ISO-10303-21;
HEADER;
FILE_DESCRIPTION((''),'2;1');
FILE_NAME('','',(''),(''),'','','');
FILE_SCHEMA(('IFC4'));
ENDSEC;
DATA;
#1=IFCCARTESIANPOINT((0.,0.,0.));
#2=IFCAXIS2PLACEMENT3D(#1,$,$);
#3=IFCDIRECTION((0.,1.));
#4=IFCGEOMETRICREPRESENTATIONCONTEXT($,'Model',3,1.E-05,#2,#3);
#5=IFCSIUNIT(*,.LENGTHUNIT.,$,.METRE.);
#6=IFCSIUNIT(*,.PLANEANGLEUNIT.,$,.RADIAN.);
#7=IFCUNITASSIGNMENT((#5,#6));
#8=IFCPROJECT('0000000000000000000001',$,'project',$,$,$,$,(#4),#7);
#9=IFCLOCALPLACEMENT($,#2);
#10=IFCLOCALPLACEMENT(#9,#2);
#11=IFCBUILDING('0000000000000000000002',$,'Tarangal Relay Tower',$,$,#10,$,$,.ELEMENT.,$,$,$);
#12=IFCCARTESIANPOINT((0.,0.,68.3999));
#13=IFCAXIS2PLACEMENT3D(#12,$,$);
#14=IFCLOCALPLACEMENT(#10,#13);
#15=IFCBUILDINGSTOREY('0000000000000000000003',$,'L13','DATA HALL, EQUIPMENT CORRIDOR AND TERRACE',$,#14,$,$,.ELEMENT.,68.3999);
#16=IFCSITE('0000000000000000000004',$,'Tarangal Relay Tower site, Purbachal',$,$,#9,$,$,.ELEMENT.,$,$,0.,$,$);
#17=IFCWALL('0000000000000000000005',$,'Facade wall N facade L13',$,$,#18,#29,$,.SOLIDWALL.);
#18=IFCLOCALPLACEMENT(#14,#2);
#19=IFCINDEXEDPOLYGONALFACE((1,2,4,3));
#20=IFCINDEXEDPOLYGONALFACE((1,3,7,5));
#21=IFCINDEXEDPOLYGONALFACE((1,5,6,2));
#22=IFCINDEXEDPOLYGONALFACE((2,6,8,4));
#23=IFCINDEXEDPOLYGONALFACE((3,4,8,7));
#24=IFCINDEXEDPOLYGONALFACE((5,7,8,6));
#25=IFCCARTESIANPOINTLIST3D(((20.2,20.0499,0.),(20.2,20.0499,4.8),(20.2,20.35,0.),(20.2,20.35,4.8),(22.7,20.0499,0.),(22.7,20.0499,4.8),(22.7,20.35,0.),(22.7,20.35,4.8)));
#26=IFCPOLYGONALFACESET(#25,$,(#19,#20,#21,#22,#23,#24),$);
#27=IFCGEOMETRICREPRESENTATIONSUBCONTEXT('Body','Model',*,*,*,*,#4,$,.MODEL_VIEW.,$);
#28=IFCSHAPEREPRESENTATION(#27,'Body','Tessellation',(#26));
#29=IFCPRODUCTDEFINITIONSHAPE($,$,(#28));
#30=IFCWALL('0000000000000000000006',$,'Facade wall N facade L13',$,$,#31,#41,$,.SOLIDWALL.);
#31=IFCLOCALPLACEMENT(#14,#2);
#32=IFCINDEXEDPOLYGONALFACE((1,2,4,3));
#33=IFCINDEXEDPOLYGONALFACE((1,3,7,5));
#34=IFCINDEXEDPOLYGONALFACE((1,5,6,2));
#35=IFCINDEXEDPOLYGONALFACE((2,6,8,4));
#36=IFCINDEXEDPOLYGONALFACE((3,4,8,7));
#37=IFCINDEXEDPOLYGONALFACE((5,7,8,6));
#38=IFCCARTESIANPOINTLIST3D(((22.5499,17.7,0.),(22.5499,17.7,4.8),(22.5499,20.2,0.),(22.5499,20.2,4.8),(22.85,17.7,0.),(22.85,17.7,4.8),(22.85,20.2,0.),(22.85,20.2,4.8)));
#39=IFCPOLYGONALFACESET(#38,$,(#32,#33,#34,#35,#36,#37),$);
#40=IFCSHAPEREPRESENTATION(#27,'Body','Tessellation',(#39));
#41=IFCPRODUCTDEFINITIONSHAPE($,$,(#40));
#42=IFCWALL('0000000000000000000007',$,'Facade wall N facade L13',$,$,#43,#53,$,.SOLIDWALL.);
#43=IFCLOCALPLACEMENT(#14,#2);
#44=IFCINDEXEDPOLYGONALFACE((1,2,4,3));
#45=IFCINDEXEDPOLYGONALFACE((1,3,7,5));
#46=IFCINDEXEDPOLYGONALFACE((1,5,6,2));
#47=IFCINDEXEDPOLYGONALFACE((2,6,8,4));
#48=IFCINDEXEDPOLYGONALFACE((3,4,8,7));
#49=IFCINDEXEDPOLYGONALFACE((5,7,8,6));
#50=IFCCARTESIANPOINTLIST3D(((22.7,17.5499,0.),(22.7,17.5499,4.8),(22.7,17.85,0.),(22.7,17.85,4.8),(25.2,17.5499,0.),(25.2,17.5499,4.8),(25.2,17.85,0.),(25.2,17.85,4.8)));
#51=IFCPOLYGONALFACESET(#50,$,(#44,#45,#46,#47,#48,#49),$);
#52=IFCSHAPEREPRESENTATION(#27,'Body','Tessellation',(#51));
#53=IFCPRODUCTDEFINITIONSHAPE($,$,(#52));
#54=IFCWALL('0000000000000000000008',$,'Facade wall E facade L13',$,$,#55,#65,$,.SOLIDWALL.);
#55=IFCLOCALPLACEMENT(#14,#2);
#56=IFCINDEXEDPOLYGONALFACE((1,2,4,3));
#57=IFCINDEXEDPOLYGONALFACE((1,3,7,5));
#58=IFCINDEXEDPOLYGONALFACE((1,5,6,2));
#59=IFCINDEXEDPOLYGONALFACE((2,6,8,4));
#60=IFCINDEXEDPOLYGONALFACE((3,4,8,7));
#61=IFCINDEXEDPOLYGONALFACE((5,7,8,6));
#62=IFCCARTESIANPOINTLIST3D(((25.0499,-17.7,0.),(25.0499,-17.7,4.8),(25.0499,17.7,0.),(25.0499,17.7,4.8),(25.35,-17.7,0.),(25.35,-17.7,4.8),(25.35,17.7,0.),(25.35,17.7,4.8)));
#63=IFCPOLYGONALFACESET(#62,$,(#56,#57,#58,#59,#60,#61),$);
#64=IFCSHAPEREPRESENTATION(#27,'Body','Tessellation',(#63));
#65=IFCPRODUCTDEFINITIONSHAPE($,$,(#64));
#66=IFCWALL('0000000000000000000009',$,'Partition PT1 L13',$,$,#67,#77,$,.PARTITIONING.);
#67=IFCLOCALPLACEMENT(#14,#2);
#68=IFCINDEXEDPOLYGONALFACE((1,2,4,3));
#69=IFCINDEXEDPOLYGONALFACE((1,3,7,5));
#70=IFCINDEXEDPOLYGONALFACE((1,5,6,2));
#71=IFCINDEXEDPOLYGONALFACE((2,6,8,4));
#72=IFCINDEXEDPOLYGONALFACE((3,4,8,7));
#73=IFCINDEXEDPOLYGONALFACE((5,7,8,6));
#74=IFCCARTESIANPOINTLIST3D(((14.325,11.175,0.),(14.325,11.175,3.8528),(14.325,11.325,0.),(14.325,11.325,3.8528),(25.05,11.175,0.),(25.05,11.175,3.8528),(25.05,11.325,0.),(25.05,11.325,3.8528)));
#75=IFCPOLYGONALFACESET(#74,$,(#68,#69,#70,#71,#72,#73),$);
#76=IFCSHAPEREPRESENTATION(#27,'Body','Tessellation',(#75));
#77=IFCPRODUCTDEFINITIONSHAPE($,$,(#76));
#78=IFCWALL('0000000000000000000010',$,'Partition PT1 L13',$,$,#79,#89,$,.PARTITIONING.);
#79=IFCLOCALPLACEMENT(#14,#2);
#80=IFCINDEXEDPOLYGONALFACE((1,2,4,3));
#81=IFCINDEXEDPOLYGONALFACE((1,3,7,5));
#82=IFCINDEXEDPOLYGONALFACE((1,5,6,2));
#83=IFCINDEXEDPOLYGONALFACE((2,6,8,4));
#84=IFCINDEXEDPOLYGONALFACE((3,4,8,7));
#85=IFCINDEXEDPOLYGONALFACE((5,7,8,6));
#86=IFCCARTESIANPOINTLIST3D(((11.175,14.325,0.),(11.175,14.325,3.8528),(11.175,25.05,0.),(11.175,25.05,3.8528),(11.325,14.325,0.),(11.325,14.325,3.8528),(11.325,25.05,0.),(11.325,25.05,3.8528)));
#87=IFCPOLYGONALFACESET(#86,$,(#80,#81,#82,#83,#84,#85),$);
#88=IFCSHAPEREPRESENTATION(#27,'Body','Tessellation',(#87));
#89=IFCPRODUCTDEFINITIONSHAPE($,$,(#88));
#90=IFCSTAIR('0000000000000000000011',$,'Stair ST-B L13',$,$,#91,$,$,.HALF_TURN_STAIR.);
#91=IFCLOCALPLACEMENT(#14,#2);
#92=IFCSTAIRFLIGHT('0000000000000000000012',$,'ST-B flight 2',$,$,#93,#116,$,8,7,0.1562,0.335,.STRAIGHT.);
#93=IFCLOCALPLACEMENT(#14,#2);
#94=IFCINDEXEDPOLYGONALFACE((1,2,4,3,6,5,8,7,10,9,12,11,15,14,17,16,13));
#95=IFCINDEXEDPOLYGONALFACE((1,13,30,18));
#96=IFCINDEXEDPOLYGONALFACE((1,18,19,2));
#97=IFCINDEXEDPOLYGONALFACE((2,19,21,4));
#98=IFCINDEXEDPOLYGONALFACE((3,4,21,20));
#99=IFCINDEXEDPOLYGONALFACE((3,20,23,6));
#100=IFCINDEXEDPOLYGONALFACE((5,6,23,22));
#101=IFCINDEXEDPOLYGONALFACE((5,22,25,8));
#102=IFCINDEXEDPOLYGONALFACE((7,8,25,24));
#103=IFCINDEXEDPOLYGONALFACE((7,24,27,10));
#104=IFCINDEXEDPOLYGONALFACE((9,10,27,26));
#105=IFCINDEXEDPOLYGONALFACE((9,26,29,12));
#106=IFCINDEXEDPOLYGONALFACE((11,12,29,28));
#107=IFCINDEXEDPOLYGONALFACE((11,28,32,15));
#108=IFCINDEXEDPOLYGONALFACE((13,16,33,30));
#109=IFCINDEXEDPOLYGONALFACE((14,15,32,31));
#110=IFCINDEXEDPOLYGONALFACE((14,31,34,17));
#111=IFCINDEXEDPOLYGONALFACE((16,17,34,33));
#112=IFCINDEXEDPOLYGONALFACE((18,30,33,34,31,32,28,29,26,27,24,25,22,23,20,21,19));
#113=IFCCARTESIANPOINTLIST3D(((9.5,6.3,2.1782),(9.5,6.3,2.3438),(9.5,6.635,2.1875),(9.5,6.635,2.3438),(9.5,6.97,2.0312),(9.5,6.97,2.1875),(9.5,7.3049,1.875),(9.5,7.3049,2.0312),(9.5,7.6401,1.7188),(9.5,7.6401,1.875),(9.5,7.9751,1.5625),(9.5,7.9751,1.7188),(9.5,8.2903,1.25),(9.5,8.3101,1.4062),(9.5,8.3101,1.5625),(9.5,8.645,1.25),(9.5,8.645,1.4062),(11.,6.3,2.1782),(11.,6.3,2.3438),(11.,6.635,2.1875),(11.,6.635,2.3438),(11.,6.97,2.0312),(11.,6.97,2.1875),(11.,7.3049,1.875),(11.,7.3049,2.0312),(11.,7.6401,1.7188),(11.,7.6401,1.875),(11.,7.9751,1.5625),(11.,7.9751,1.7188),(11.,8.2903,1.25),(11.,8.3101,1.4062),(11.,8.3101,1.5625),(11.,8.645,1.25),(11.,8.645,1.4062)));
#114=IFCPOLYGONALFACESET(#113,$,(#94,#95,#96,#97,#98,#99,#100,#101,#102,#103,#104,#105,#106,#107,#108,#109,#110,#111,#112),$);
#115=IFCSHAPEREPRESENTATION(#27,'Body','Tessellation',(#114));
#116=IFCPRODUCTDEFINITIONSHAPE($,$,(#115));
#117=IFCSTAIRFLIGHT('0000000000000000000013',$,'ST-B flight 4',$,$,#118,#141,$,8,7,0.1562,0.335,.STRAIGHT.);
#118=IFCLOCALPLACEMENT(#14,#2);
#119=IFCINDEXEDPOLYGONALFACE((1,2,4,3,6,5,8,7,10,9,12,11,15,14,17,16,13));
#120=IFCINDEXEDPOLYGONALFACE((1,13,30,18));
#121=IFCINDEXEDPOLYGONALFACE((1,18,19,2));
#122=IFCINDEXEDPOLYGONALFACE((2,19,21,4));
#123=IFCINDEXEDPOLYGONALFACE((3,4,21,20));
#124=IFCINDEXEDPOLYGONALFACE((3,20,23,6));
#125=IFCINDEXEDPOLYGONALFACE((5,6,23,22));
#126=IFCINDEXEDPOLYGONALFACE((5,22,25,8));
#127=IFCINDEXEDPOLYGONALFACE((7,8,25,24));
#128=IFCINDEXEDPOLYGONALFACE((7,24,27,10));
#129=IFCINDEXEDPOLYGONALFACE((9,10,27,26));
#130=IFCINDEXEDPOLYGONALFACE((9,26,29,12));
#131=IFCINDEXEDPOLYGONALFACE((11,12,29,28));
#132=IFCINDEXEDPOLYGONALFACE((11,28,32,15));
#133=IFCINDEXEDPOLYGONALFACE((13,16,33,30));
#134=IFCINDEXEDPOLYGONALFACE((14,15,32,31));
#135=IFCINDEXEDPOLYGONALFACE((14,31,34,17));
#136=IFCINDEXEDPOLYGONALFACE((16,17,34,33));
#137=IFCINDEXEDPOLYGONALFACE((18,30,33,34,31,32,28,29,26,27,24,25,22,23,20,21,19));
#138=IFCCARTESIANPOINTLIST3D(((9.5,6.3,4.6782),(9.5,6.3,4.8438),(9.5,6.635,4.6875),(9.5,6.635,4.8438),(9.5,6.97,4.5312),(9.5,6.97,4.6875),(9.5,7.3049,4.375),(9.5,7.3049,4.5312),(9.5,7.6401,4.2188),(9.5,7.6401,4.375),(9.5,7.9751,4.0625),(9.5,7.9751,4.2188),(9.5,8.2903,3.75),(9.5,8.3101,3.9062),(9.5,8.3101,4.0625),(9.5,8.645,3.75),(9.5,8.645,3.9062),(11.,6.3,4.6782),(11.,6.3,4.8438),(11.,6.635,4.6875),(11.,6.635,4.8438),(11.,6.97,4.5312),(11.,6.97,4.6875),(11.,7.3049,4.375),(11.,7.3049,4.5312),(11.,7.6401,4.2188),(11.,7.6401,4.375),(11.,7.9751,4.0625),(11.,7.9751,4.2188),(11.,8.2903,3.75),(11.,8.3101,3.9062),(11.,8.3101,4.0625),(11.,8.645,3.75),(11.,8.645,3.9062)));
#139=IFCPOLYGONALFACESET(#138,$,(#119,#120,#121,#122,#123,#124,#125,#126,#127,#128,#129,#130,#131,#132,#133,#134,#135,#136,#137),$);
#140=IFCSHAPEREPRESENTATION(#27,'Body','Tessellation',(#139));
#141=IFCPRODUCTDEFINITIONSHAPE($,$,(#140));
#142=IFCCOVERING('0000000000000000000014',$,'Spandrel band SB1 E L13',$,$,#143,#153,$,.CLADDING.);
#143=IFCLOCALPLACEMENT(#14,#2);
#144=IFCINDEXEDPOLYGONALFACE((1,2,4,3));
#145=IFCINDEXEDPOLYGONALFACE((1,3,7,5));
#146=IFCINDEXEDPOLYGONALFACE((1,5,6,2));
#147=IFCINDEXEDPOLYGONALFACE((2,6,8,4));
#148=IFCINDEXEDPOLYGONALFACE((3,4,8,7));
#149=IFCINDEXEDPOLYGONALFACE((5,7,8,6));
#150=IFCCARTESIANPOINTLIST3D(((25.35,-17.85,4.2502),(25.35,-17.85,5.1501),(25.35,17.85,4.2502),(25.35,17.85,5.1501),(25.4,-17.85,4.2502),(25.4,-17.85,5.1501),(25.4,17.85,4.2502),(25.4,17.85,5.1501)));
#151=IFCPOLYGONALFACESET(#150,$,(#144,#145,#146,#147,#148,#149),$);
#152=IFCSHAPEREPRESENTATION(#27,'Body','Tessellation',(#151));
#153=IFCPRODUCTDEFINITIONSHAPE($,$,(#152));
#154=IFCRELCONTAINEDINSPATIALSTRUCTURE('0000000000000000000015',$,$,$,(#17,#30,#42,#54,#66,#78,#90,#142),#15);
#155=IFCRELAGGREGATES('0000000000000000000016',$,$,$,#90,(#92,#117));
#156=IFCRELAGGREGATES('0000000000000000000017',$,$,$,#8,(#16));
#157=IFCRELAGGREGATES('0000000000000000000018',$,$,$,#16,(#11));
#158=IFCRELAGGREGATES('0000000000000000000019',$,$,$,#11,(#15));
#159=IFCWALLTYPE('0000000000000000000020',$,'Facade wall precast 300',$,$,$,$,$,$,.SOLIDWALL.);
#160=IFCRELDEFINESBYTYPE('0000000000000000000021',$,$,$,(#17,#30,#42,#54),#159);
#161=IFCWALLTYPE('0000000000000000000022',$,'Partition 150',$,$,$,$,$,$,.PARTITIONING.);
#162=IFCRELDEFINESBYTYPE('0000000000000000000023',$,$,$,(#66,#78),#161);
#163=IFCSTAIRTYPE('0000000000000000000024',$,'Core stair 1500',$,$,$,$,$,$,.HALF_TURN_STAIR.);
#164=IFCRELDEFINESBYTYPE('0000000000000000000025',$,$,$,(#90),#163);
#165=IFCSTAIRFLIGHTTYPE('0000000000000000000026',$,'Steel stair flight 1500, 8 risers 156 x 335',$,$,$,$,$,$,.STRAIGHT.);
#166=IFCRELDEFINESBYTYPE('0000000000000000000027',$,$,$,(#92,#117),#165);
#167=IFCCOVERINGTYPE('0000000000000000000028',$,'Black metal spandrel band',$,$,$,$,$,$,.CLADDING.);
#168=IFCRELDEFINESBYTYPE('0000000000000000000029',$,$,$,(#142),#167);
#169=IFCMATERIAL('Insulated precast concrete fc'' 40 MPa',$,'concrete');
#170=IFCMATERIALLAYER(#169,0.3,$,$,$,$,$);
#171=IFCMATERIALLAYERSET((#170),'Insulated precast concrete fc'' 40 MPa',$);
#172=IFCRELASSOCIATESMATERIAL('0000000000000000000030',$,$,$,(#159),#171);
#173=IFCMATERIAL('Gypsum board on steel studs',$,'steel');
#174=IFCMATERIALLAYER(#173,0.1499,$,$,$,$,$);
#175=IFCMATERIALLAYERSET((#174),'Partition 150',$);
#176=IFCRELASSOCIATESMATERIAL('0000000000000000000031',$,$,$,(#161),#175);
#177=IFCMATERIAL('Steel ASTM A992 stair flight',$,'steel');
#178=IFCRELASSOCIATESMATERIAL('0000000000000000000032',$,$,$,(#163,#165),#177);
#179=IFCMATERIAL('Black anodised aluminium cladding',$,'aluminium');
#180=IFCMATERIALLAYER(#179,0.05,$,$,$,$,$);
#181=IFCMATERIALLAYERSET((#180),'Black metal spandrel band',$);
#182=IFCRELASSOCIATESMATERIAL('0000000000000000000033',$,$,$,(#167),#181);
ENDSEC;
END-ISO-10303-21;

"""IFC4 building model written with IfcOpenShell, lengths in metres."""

from ifc_helpers import new_model, si_unit, direction, frame, frame_2d, origin, origin_2d, place, context, subcontext, project, spatial, polyline, rectangle, outline, extrude, material, layer, layer_set, type_object, element, aggregate, save


model = new_model("IFC4")

# Units and contexts
model_context = context("Model", 3, precision=1e-05, world=origin(), true_north=direction((0.0, 1.0)))
body_context = subcontext(model_context, "Body", "Model", "MODEL_VIEW")
ifc_project = project(units=[si_unit("LENGTHUNIT", "METRE"), si_unit("PLANEANGLEUNIT", "RADIAN")], contexts=[model_context])

# Site, building, storey
site_placement = place(None, origin())
site = spatial("IfcSite", under=ifc_project, at=site_placement, Name="Tarangal Relay Tower site, Purbachal", CompositionType="ELEMENT", RefElevation=0.0)
building_placement = place(site_placement, origin())
building = spatial("IfcBuilding", under=site, at=building_placement, Name="Tarangal Relay Tower", CompositionType="ELEMENT")
storey_placement = place(building_placement, frame((0.0, 0.0, 68.3999)))
storey = spatial("IfcBuildingStorey", under=building, at=storey_placement, Name="L13", Description="DATA HALL, EQUIPMENT CORRIDOR AND TERRACE", CompositionType="ELEMENT", Elevation=68.3999)

# Shared definitions
ifc_material_1 = material(Name="Insulated precast concrete fc' 40 MPa", Category="concrete")
ifc_layer_1 = layer(ifc_material_1, 0.3)
ifc_layer_set_1 = layer_set([ifc_layer_1], Name="Insulated precast concrete fc' 40 MPa")
wall_type_1 = type_object("IfcWallType", Name="Facade wall precast 300", PredefinedType="SOLIDWALL", material=ifc_layer_set_1)

# Walls
for number, where, z_axis, x_axis, name in (
    (1, (20.2, 20.2, 0.0), (0.0, 0.0, 1.0), (1.0, 0.0, 0.0), "Facade wall N facade L13"),
    (2, (22.7, 20.2, 0.0), (0.0, 0.0, 1.0), (0.0, -1.0, 0.0), "Facade wall N facade L13"),
    (3, (22.7, 17.7, 0.0), (0.0, 0.0, 1.0), (1.0, 0.0, 0.0), "Facade wall N facade L13"),
):
    element("IfcWall", number, at=place(storey_placement, frame(where, z_axis=z_axis, x_axis=x_axis)), inside=storey, type_object=wall_type_1, Name=name, PredefinedType="SOLIDWALL", context=body_context, shape_type="SweptSolid", body=[
        extrude(rectangle(XDim=2.5, YDim=0.3, at=frame_2d((1.25, 0.0))), origin(), (0.0, 0.0, 1.0), 4.8),
    ])
wall_1_placement = place(storey_placement, frame((25.2, 17.7, 0.0), z_axis=(0.0, 0.0, 1.0), x_axis=(0.0, -1.0, 0.0)))
element("IfcWall", 4, at=wall_1_placement, inside=storey, type_object=wall_type_1, Name="Facade wall E facade L13", PredefinedType="SOLIDWALL", context=body_context, shape_type="SweptSolid", body=[
    extrude(rectangle(XDim=35.3999, YDim=0.3, at=frame_2d((17.7, 0.0))), origin(), (0.0, 0.0, 1.0), 4.8),
])
ifc_material_2 = material(Name="Gypsum board on steel studs", Category="steel")
ifc_layer_2 = layer(ifc_material_2, 0.1499)
ifc_layer_set_2 = layer_set([ifc_layer_2], Name="Partition 150")
wall_type_2 = type_object("IfcWallType", Name="Partition 150", PredefinedType="PARTITIONING", material=ifc_layer_set_2)
for number, where, z_axis, x_axis, name in (
    (5, (14.325, 11.25, 0.0), (0.0, 0.0, 1.0), (1.0, 0.0, 0.0), "Partition PT1 L13"),
    (6, (11.25, 14.325, 0.0), (0.0, 0.0, 1.0), (0.0, 1.0, 0.0), "Partition PT1 L13"),
):
    element("IfcWall", number, at=place(storey_placement, frame(where, z_axis=z_axis, x_axis=x_axis)), inside=storey, type_object=wall_type_2, Name=name, PredefinedType="PARTITIONING", context=body_context, shape_type="SweptSolid", body=[
        extrude(rectangle(XDim=10.7251, YDim=0.1499, at=frame_2d((5.3625, 0.0))), origin(), (0.0, 0.0, 1.0), 3.8528),
    ])

# Stair, stair flights
ifc_material_3 = material(Name="Steel ASTM A992 stair flight", Category="steel")
stair_type = type_object("IfcStairType", Name="Core stair 1500", PredefinedType="HALF_TURN_STAIR", material=ifc_material_3)
stair_placement = place(storey_placement, origin())
stair = element("IfcStair", 7, at=stair_placement, inside=storey, type_object=stair_type, Name="Stair ST-B L13", PredefinedType="HALF_TURN_STAIR")
stair_flight_type = type_object("IfcStairFlightType", Name="Steel stair flight 1500, 8 risers 156 x 335", PredefinedType="STRAIGHT", material=ifc_material_3)
stair_flight_1_placement = place(storey_placement, frame((10.25, 8.645, 1.25), z_axis=(0.0, 0.0, 1.0), x_axis=(0.0, -1.0, 0.0)))
stair_flight_1 = element("IfcStairFlight", 8, at=stair_flight_1_placement, type_object=stair_flight_type, Name="ST-B flight 2", NumberOfRisers=8, NumberOfTreads=7, PredefinedType="STRAIGHT", RiserHeight=0.1562, TreadLength=0.335, context=body_context, shape_type="SweptSolid", body=[
    extrude(outline(polyline([(0.0, 0.0), (0.0, 0.1562), (0.335, 0.1562), (0.335, 0.3125), (0.6699, 0.3125), (0.6699, 0.4688), (1.0049, 0.4688), (1.0049, 0.625), (1.3401, 0.625), (1.3401, 0.7812), (1.675, 0.7812), (1.675, 0.9375), (2.01, 0.9375), (2.01, 1.0938), (2.345, 1.0938), (2.345, 1.25), (2.345, 0.9282), (0.3547, 0.0), (0.0, 0.0)])), frame((0.0, 0.75, 0.0), z_axis=(0.0, -1.0, 0.0), x_axis=(1.0, 0.0, 0.0)), (0.0, 0.0, 1.0), 1.5),
])
stair_flight_2_placement = place(storey_placement, frame((10.25, 8.645, 3.75), z_axis=(0.0, 0.0, 1.0), x_axis=(0.0, -1.0, 0.0)))
stair_flight_2 = element("IfcStairFlight", 9, at=stair_flight_2_placement, type_object=stair_flight_type, Name="ST-B flight 4", NumberOfRisers=8, NumberOfTreads=7, PredefinedType="STRAIGHT", RiserHeight=0.1562, TreadLength=0.335, context=body_context, shape_type="SweptSolid", body=[
    extrude(outline(polyline([(0.0, 0.0), (0.0, 0.1562), (0.335, 0.1562), (0.335, 0.3125), (0.6699, 0.3125), (0.6699, 0.4688), (1.0049, 0.4688), (1.0049, 0.625), (1.3401, 0.625), (1.3401, 0.7812), (1.675, 0.7812), (1.675, 0.9375), (2.01, 0.9375), (2.01, 1.0938), (2.345, 1.0938), (2.345, 1.25), (2.345, 0.9282), (0.3547, 0.0), (0.0, 0.0)])), frame((0.0, 0.75, 0.0), z_axis=(0.0, -1.0, 0.0), x_axis=(1.0, 0.0, 0.0)), (0.0, 0.0, 1.0), 1.5),
])
aggregate(stair, [stair_flight_1, stair_flight_2])

# Covering
ifc_material_4 = material(Name="Black anodised aluminium cladding", Category="aluminium")
ifc_layer_3 = layer(ifc_material_4, 0.05)
ifc_layer_set_3 = layer_set([ifc_layer_3], Name="Black metal spandrel band")
covering_type = type_object("IfcCoveringType", Name="Black metal spandrel band", PredefinedType="CLADDING", material=ifc_layer_set_3)
covering_placement = place(storey_placement, frame((25.375, 0.0, 4.2502), z_axis=(0.0, 0.0, 1.0), x_axis=(0.0, -1.0, 0.0)))
element("IfcCovering", 10, at=covering_placement, inside=storey, type_object=covering_type, Name="Spandrel band SB1 E L13", PredefinedType="CLADDING", context=body_context, shape_type="SweptSolid", body=[
    extrude(rectangle(XDim=35.7, YDim=0.05, at=origin_2d()), origin(), (0.0, 0.0, 1.0), 0.8999),
])

save(model, "model.ifc")
